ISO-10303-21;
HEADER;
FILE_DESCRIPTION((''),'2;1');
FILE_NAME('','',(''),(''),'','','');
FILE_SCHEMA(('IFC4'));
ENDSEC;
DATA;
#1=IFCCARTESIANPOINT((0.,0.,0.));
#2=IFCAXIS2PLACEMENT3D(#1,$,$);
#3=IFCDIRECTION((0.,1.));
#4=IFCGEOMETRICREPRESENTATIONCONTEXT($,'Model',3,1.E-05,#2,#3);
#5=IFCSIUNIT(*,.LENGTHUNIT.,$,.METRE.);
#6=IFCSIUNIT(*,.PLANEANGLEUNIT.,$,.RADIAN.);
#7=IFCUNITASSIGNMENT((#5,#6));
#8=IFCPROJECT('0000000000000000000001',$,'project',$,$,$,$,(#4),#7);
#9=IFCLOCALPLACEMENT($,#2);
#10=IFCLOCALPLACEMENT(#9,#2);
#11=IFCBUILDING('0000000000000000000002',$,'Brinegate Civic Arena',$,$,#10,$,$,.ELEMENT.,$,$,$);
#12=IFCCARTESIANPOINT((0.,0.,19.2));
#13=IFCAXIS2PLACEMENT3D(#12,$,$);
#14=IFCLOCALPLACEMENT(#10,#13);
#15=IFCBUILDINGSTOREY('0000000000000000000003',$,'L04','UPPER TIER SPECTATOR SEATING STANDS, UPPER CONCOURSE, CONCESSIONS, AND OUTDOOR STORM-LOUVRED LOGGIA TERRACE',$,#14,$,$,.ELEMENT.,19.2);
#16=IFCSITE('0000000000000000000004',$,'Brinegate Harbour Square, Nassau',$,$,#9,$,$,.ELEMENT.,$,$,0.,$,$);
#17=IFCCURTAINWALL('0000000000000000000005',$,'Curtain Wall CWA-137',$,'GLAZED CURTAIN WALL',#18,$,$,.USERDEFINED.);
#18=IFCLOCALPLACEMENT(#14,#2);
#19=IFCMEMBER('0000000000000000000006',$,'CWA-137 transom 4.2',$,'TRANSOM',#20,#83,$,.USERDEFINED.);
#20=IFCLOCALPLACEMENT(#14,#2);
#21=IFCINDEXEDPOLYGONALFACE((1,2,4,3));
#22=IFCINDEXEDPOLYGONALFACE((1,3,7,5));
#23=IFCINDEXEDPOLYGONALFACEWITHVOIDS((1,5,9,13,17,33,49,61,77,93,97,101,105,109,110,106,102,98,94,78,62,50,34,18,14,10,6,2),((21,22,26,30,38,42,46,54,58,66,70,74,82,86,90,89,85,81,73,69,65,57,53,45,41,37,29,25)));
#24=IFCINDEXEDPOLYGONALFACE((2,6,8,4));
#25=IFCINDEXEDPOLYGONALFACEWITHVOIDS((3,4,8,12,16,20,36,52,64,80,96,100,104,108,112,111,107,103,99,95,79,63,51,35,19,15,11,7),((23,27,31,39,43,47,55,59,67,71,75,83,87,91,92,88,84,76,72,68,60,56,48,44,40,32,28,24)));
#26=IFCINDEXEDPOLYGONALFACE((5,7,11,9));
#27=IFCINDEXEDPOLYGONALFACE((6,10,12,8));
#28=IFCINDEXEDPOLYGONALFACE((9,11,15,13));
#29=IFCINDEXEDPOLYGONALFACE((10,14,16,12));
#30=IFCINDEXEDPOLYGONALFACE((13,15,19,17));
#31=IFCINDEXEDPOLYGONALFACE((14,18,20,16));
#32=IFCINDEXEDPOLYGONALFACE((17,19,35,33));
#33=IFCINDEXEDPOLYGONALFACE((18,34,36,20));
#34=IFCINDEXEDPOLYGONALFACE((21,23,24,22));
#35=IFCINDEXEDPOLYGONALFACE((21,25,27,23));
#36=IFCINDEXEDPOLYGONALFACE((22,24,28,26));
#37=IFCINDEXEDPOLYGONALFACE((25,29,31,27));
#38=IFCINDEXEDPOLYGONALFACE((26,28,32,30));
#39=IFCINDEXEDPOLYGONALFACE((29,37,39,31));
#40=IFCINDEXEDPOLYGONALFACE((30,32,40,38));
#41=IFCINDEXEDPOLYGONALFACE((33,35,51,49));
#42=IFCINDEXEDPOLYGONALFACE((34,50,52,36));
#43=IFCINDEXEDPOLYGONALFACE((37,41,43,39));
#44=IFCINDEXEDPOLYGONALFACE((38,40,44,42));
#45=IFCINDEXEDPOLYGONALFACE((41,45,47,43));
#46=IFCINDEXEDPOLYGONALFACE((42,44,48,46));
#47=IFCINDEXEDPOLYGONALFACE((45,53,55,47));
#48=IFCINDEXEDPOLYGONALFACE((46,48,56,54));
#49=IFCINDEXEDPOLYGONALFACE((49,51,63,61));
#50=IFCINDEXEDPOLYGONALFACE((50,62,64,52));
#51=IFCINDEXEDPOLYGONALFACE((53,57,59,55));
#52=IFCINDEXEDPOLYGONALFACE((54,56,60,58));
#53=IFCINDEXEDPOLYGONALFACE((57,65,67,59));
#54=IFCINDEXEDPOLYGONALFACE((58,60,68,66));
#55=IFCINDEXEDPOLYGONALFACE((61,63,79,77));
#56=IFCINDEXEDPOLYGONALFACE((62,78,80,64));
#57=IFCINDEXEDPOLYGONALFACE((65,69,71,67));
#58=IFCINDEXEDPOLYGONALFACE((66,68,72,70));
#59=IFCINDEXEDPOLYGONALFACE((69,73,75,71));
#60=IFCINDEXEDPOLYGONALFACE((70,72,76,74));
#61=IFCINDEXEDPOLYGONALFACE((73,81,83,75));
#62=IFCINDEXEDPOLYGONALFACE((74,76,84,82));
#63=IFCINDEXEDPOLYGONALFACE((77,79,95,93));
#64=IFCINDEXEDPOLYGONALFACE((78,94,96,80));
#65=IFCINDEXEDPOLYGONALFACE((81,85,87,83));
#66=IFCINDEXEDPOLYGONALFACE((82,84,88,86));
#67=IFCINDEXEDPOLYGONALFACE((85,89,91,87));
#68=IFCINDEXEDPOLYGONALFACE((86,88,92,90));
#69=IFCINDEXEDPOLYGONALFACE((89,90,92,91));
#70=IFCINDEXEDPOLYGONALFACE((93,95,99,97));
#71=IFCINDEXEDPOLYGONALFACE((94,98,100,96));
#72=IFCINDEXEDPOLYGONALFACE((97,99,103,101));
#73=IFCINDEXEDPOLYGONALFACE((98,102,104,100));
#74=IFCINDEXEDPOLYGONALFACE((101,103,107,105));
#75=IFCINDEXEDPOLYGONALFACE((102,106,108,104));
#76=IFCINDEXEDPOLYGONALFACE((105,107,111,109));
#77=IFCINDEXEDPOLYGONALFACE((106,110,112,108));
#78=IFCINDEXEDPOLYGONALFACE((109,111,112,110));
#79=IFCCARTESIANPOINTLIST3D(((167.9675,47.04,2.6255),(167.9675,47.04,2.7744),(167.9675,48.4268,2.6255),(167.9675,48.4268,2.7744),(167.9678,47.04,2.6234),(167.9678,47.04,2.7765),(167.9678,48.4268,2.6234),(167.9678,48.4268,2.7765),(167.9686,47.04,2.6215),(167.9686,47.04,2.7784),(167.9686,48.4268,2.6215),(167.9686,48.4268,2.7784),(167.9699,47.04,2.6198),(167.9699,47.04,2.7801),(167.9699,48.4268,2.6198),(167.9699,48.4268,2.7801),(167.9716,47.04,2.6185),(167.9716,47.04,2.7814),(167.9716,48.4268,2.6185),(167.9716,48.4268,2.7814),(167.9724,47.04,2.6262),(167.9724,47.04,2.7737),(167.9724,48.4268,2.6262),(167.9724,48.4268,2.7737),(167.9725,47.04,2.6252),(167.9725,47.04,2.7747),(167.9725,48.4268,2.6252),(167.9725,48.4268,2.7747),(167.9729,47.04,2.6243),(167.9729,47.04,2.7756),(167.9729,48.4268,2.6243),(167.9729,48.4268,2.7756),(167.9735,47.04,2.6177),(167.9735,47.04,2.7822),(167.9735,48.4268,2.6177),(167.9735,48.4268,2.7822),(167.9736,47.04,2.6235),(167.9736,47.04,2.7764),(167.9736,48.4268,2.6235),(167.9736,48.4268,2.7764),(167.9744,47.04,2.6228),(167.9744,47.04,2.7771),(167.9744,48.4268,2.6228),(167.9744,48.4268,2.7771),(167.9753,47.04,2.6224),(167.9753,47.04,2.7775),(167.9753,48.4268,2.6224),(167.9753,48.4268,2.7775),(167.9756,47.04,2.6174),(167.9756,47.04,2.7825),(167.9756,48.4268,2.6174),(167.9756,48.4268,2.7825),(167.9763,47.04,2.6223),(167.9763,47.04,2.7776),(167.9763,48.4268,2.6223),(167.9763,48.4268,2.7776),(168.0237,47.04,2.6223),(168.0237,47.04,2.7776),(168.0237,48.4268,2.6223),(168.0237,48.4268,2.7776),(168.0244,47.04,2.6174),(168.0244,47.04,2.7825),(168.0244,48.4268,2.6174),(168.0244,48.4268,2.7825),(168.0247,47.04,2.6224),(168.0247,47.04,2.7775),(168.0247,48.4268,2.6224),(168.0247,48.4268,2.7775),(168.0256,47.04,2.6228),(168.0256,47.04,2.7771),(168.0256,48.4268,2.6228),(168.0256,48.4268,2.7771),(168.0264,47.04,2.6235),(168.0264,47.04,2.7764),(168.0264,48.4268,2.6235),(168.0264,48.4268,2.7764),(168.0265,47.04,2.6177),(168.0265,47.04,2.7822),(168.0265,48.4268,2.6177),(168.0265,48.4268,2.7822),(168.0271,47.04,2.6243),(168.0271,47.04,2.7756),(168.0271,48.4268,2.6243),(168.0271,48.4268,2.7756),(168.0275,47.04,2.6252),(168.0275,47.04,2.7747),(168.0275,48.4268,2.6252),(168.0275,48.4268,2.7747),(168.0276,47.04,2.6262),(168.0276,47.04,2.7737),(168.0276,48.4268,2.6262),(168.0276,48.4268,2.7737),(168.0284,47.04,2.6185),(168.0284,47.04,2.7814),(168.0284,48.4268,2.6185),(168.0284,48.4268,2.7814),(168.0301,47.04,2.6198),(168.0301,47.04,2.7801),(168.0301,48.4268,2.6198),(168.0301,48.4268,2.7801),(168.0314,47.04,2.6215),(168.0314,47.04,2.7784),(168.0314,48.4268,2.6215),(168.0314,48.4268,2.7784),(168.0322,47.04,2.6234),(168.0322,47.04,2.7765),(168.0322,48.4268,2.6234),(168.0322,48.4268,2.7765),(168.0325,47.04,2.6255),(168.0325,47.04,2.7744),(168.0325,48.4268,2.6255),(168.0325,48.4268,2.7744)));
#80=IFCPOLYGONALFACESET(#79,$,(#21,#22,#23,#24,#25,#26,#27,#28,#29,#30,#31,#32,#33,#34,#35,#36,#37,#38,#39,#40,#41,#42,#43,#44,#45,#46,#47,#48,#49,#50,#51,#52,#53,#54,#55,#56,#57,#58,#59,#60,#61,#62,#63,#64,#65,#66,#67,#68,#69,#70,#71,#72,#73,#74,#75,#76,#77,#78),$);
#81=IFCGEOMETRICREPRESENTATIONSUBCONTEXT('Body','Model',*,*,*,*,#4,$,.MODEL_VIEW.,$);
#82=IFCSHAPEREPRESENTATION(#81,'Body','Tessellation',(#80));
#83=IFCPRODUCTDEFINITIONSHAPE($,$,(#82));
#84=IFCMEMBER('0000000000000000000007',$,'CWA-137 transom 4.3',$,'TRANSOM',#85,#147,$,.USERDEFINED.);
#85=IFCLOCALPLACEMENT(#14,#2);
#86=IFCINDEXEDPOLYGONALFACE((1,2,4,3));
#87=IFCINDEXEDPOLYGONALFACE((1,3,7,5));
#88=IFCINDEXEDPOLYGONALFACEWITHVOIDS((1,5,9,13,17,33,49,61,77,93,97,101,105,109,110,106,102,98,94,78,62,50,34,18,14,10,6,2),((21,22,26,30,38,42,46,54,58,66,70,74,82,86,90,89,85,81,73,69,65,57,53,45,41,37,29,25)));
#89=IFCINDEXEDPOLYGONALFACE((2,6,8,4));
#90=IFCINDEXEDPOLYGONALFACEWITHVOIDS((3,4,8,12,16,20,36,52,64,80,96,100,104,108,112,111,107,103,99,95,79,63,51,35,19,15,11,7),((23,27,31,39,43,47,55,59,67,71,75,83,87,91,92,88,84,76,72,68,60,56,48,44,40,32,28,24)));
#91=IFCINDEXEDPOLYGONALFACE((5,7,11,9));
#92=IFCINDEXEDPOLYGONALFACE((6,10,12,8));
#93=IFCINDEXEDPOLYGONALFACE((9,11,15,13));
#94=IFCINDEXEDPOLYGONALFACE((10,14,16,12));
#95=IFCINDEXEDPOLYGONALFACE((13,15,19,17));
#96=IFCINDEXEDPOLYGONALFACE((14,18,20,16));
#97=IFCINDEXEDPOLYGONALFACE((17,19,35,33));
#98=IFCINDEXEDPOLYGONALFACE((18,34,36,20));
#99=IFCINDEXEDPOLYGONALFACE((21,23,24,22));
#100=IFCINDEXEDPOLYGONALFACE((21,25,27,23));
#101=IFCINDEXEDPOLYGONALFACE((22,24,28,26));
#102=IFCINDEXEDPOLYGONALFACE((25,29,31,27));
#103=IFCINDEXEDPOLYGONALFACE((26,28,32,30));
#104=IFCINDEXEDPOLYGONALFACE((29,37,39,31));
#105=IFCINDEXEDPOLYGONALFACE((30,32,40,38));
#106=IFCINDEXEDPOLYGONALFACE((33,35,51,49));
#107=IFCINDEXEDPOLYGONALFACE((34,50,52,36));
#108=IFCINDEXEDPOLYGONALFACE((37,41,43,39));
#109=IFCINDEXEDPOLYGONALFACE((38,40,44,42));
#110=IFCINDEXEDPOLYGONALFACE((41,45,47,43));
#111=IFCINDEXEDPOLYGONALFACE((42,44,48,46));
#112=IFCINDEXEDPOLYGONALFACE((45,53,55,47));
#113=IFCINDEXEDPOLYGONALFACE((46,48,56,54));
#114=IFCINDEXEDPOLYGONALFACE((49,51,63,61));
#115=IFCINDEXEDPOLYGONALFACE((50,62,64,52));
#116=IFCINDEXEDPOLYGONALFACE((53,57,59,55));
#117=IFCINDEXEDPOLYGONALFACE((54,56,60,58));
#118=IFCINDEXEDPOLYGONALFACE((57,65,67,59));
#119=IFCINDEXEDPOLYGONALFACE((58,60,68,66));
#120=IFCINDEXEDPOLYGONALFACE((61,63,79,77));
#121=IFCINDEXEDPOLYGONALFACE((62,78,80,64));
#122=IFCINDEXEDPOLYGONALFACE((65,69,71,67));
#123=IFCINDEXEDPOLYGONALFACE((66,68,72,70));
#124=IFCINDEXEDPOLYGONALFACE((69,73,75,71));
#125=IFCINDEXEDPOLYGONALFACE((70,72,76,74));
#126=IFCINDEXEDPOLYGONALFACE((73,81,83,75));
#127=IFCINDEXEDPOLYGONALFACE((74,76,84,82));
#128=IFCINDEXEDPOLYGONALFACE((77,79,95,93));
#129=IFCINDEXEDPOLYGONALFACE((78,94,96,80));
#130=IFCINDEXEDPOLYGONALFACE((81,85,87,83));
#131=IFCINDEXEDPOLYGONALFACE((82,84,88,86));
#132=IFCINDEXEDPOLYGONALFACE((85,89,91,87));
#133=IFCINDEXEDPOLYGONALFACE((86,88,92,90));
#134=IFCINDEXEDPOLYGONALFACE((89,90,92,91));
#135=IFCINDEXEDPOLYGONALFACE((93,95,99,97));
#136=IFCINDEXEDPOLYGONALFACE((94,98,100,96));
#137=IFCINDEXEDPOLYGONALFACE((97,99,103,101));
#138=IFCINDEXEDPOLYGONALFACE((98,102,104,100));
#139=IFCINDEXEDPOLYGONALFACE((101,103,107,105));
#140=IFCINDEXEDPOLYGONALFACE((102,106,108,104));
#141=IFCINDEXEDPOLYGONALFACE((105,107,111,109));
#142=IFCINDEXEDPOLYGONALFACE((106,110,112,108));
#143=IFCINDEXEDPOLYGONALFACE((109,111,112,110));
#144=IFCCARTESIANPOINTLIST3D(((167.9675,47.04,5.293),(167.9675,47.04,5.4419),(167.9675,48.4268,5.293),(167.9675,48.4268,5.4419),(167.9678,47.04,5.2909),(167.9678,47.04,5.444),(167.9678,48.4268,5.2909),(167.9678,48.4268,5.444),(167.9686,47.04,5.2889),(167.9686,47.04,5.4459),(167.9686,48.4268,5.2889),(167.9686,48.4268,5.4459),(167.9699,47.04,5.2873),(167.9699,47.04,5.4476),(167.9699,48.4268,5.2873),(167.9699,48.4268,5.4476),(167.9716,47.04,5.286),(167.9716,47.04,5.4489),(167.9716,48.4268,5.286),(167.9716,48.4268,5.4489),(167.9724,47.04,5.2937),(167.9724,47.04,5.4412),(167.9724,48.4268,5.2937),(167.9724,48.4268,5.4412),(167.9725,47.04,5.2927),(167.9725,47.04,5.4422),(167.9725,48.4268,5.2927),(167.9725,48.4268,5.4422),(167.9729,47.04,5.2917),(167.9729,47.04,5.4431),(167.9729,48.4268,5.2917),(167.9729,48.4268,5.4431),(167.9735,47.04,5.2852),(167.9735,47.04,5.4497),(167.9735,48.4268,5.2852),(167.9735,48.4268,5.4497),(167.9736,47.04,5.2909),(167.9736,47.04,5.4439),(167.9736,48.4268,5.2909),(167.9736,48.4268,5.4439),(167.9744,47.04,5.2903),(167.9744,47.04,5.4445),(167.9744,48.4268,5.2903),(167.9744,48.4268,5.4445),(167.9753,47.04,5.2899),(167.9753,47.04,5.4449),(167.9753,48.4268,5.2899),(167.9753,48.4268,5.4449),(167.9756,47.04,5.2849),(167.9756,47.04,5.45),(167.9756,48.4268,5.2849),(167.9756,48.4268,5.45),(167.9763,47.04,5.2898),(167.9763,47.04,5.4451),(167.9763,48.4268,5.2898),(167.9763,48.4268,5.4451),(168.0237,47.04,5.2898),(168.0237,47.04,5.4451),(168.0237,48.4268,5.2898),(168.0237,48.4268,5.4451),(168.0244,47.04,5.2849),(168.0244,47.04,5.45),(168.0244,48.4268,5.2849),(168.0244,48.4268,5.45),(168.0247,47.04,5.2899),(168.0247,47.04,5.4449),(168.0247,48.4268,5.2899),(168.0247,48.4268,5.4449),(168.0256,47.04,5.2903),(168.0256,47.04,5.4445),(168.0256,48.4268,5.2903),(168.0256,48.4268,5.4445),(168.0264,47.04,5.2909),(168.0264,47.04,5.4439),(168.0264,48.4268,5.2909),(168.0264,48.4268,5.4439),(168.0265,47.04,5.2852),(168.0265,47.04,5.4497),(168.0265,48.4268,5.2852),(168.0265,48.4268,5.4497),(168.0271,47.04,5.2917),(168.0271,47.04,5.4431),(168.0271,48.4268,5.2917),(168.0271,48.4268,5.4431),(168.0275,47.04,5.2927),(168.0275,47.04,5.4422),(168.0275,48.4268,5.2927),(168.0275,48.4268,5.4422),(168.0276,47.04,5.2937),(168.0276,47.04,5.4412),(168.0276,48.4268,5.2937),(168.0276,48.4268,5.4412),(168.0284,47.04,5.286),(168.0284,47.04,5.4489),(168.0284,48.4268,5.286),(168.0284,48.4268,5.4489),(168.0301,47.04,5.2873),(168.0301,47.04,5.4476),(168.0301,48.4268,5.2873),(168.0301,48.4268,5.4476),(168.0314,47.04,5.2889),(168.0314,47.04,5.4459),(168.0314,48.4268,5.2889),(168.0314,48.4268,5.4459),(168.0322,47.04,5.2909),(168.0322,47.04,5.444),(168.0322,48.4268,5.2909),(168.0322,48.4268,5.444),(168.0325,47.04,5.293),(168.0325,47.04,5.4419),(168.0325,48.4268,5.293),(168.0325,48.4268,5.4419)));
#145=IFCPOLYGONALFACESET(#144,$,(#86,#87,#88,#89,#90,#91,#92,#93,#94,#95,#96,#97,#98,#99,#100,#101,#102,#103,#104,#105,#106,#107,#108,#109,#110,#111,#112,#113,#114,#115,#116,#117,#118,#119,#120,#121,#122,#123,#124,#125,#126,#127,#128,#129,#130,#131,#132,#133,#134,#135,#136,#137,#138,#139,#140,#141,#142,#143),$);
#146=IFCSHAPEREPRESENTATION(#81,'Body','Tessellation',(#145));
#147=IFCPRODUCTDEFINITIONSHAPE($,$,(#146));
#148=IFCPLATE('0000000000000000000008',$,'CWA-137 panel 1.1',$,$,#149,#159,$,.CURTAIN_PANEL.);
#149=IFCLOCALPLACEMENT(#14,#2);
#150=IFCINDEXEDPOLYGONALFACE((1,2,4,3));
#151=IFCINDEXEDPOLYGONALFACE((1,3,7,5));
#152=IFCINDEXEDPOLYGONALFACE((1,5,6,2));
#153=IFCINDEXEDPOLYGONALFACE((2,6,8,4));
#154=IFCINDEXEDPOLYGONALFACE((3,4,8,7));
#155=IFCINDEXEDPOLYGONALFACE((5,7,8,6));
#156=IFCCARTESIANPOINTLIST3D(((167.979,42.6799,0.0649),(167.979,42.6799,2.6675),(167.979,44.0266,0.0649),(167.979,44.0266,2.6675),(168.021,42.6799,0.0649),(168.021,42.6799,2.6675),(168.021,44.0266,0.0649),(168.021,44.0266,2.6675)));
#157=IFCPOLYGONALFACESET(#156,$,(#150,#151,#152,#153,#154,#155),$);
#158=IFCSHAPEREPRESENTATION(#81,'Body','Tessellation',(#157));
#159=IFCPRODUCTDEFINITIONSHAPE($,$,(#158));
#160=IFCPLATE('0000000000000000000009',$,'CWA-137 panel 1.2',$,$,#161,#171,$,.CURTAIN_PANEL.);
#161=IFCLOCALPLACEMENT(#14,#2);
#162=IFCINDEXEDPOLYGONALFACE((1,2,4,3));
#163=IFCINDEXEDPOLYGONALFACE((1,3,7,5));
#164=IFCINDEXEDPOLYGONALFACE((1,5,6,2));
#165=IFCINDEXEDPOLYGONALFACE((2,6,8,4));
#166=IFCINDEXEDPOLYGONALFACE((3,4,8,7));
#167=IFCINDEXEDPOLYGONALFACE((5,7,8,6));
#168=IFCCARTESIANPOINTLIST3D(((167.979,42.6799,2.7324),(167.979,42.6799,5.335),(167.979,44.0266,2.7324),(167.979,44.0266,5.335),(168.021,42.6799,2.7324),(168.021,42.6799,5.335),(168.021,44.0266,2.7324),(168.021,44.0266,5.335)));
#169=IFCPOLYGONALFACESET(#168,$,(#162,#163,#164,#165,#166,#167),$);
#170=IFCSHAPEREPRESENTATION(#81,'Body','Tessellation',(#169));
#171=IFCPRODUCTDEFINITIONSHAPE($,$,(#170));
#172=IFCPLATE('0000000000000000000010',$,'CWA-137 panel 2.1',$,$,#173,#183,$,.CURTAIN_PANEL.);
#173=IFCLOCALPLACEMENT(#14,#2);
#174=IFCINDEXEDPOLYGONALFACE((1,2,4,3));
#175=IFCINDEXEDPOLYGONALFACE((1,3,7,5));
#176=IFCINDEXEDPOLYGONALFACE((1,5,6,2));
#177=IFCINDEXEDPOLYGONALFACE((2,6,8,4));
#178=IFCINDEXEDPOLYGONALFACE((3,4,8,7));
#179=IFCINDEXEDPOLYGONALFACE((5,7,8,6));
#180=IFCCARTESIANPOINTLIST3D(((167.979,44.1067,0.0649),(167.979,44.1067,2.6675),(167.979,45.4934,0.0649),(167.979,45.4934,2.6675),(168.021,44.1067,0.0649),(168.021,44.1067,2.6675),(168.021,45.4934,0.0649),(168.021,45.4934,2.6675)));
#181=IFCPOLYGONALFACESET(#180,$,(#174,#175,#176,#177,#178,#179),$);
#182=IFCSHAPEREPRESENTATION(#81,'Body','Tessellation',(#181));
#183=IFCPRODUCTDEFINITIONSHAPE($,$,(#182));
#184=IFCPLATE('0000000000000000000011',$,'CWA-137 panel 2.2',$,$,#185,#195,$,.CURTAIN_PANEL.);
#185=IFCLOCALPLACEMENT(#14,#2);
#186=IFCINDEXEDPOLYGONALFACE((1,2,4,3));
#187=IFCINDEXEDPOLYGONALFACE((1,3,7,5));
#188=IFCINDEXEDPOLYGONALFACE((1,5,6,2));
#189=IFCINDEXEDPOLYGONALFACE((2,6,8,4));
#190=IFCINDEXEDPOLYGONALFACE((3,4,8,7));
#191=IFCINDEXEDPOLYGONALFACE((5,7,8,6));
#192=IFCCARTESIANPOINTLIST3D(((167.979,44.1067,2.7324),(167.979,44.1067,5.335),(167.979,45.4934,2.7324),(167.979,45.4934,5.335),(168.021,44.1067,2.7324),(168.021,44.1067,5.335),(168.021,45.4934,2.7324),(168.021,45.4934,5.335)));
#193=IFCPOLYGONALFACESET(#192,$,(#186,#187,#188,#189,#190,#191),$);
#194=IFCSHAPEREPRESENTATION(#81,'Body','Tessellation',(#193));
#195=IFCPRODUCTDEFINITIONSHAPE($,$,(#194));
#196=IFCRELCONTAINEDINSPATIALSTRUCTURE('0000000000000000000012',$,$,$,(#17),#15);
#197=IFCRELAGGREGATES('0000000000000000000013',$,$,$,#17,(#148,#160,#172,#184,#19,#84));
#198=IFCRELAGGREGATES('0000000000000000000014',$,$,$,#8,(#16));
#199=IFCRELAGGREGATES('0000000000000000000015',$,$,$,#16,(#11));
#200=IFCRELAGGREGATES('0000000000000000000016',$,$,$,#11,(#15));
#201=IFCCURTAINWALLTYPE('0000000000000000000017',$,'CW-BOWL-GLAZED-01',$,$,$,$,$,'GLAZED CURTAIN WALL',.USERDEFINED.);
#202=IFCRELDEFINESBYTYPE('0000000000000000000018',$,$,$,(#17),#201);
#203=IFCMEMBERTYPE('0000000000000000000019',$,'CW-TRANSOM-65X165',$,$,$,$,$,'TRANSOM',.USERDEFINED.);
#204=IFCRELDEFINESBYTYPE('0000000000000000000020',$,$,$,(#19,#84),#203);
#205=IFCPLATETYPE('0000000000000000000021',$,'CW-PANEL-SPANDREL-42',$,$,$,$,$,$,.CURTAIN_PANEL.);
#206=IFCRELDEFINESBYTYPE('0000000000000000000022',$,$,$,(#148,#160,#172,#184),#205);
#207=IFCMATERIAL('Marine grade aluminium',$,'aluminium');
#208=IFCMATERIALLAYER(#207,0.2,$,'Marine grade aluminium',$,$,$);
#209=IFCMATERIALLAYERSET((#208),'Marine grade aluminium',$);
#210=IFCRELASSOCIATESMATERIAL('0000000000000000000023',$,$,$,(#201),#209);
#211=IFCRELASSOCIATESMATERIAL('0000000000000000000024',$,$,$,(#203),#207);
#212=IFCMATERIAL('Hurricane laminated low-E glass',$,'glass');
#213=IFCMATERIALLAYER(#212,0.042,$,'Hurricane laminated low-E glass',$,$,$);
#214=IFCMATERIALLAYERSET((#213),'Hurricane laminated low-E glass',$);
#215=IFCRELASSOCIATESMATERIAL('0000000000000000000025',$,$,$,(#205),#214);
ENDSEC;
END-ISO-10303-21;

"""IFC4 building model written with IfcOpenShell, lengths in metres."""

from ifc_helpers import new_model, si_unit, direction, frame, origin, origin_2d, place, context, subcontext, project, spatial, rectangle, hollow_rectangle, extrude, material, layer, layer_set, material_profile, profile_set, type_object, element, aggregate, save


model = new_model("IFC4")

# Units and contexts
model_context = context("Model", 3, precision=1e-05, world=origin(), true_north=direction((0.0, 1.0)))
body_context = subcontext(model_context, "Body", "Model", "MODEL_VIEW")
ifc_project = project(units=[si_unit("LENGTHUNIT", "METRE"), si_unit("PLANEANGLEUNIT", "RADIAN")], contexts=[model_context])

# Site, building, storey
site_placement = place(None, origin())
site = spatial("IfcSite", under=ifc_project, at=site_placement, Name="Brinegate Harbour Square, Nassau", CompositionType="ELEMENT", RefElevation=0.0)
building_placement = place(site_placement, origin())
building = spatial("IfcBuilding", under=site, at=building_placement, Name="Brinegate Civic Arena", CompositionType="ELEMENT")
storey_placement = place(building_placement, frame((0.0, 0.0, 19.2)))
storey = spatial("IfcBuildingStorey", under=building, at=storey_placement, Name="L04", Description="UPPER TIER SPECTATOR SEATING STANDS, UPPER CONCOURSE, CONCESSIONS, AND OUTDOOR STORM-LOUVRED LOGGIA TERRACE", CompositionType="ELEMENT", Elevation=19.2)

# Curtain wall, members, plates
ifc_material_1 = material(Name="Marine grade aluminium", Category="aluminium")
ifc_layer_1 = layer(ifc_material_1, 0.2, Name="Marine grade aluminium")
ifc_layer_set_1 = layer_set([ifc_layer_1], Name="Marine grade aluminium")
curtain_wall_type = type_object("IfcCurtainWallType", Name="CW-BOWL-GLAZED-01", ElementType="GLAZED CURTAIN WALL", PredefinedType="USERDEFINED", material=ifc_layer_set_1)
curtain_wall_placement = place(storey_placement, origin())
curtain_wall = element("IfcCurtainWall", 1, at=curtain_wall_placement, inside=storey, type_object=curtain_wall_type, Name="Curtain Wall CWA-137", ObjectType="GLAZED CURTAIN WALL", PredefinedType="USERDEFINED")
ifc_material_profile_1 = material_profile(ifc_material_1, hollow_rectangle(XDim=0.0649, YDim=0.165, WallThickness=0.0049, InnerFilletRadius=0.0039, OuterFilletRadius=0.0081, at=origin_2d()), Name="TRN65X165")
ifc_profile_set_1 = profile_set([ifc_material_profile_1], Name="Marine grade aluminium")
member_type_1 = type_object("IfcMemberType", Name="CW-TRANSOM-65X165", ElementType="TRANSOM", PredefinedType="USERDEFINED", material=ifc_profile_set_1)
member_1_placement = place(storey_placement, frame((168.0, 47.04, 2.7), z_axis=(0.0, 1.0, 0.0), x_axis=(-1.0, 0.0, 0.0)))
member_1 = element("IfcMember", 2, at=member_1_placement, type_object=member_type_1, Name="CWA-137 transom 4.2", ObjectType="TRANSOM", PredefinedType="USERDEFINED", context=body_context, shape_type="SweptSolid", body=[
    extrude(hollow_rectangle(XDim=0.0649, YDim=0.165, WallThickness=0.0049, InnerFilletRadius=0.0039, OuterFilletRadius=0.0081, at=origin_2d()), origin(), (0.0, 0.0, 1.0), 1.3867),
])
member_2_placement = place(storey_placement, frame((168.0, 47.04, 5.3674), z_axis=(0.0, 1.0, 0.0), x_axis=(-1.0, 0.0, 0.0)))
member_2 = element("IfcMember", 3, at=member_2_placement, type_object=member_type_1, Name="CWA-137 transom 4.3", ObjectType="TRANSOM", PredefinedType="USERDEFINED", context=body_context, shape_type="SweptSolid", body=[
    extrude(hollow_rectangle(XDim=0.0649, YDim=0.165, WallThickness=0.0049, InnerFilletRadius=0.0039, OuterFilletRadius=0.0081, at=origin_2d()), origin(), (0.0, 0.0, 1.0), 1.3867),
])
ifc_material_2 = material(Name="Hurricane laminated low-E glass", Category="glass")
ifc_layer_2 = layer(ifc_material_2, 0.042, Name="Hurricane laminated low-E glass")
ifc_layer_set_2 = layer_set([ifc_layer_2], Name="Hurricane laminated low-E glass")
plate_type = type_object("IfcPlateType", Name="CW-PANEL-SPANDREL-42", PredefinedType="CURTAIN_PANEL", material=ifc_layer_set_2)
plate_1_placement = place(storey_placement, frame((168.0, 43.3533, 0.0649), z_axis=(0.0, 0.0, 1.0), x_axis=(0.0, 1.0, 0.0)))
plate_1 = element("IfcPlate", 4, at=plate_1_placement, type_object=plate_type, Name="CWA-137 panel 1.1", PredefinedType="CURTAIN_PANEL", context=body_context, shape_type="SweptSolid", body=[
    extrude(rectangle(XDim=1.3467, YDim=0.042, at=origin_2d()), origin(), (0.0, 0.0, 1.0), 2.6025),
])
plate_2_placement = place(storey_placement, frame((168.0, 43.3533, 2.7324), z_axis=(0.0, 0.0, 1.0), x_axis=(0.0, 1.0, 0.0)))
plate_2 = element("IfcPlate", 5, at=plate_2_placement, type_object=plate_type, Name="CWA-137 panel 1.2", PredefinedType="CURTAIN_PANEL", context=body_context, shape_type="SweptSolid", body=[
    extrude(rectangle(XDim=1.3467, YDim=0.042, at=origin_2d()), origin(), (0.0, 0.0, 1.0), 2.6025),
])
plate_3_placement = place(storey_placement, frame((168.0, 44.8, 0.0649), z_axis=(0.0, 0.0, 1.0), x_axis=(0.0, 1.0, 0.0)))
plate_3 = element("IfcPlate", 6, at=plate_3_placement, type_object=plate_type, Name="CWA-137 panel 2.1", PredefinedType="CURTAIN_PANEL", context=body_context, shape_type="SweptSolid", body=[
    extrude(rectangle(XDim=1.3867, YDim=0.042, at=origin_2d()), origin(), (0.0, 0.0, 1.0), 2.6025),
])
plate_4_placement = place(storey_placement, frame((168.0, 44.8, 2.7324), z_axis=(0.0, 0.0, 1.0), x_axis=(0.0, 1.0, 0.0)))
plate_4 = element("IfcPlate", 7, at=plate_4_placement, type_object=plate_type, Name="CWA-137 panel 2.2", PredefinedType="CURTAIN_PANEL", context=body_context, shape_type="SweptSolid", body=[
    extrude(rectangle(XDim=1.3867, YDim=0.042, at=origin_2d()), origin(), (0.0, 0.0, 1.0), 2.6025),
])
aggregate(curtain_wall, [plate_1, plate_2, plate_3, plate_4, member_1, member_2])

save(model, "model.ifc")
